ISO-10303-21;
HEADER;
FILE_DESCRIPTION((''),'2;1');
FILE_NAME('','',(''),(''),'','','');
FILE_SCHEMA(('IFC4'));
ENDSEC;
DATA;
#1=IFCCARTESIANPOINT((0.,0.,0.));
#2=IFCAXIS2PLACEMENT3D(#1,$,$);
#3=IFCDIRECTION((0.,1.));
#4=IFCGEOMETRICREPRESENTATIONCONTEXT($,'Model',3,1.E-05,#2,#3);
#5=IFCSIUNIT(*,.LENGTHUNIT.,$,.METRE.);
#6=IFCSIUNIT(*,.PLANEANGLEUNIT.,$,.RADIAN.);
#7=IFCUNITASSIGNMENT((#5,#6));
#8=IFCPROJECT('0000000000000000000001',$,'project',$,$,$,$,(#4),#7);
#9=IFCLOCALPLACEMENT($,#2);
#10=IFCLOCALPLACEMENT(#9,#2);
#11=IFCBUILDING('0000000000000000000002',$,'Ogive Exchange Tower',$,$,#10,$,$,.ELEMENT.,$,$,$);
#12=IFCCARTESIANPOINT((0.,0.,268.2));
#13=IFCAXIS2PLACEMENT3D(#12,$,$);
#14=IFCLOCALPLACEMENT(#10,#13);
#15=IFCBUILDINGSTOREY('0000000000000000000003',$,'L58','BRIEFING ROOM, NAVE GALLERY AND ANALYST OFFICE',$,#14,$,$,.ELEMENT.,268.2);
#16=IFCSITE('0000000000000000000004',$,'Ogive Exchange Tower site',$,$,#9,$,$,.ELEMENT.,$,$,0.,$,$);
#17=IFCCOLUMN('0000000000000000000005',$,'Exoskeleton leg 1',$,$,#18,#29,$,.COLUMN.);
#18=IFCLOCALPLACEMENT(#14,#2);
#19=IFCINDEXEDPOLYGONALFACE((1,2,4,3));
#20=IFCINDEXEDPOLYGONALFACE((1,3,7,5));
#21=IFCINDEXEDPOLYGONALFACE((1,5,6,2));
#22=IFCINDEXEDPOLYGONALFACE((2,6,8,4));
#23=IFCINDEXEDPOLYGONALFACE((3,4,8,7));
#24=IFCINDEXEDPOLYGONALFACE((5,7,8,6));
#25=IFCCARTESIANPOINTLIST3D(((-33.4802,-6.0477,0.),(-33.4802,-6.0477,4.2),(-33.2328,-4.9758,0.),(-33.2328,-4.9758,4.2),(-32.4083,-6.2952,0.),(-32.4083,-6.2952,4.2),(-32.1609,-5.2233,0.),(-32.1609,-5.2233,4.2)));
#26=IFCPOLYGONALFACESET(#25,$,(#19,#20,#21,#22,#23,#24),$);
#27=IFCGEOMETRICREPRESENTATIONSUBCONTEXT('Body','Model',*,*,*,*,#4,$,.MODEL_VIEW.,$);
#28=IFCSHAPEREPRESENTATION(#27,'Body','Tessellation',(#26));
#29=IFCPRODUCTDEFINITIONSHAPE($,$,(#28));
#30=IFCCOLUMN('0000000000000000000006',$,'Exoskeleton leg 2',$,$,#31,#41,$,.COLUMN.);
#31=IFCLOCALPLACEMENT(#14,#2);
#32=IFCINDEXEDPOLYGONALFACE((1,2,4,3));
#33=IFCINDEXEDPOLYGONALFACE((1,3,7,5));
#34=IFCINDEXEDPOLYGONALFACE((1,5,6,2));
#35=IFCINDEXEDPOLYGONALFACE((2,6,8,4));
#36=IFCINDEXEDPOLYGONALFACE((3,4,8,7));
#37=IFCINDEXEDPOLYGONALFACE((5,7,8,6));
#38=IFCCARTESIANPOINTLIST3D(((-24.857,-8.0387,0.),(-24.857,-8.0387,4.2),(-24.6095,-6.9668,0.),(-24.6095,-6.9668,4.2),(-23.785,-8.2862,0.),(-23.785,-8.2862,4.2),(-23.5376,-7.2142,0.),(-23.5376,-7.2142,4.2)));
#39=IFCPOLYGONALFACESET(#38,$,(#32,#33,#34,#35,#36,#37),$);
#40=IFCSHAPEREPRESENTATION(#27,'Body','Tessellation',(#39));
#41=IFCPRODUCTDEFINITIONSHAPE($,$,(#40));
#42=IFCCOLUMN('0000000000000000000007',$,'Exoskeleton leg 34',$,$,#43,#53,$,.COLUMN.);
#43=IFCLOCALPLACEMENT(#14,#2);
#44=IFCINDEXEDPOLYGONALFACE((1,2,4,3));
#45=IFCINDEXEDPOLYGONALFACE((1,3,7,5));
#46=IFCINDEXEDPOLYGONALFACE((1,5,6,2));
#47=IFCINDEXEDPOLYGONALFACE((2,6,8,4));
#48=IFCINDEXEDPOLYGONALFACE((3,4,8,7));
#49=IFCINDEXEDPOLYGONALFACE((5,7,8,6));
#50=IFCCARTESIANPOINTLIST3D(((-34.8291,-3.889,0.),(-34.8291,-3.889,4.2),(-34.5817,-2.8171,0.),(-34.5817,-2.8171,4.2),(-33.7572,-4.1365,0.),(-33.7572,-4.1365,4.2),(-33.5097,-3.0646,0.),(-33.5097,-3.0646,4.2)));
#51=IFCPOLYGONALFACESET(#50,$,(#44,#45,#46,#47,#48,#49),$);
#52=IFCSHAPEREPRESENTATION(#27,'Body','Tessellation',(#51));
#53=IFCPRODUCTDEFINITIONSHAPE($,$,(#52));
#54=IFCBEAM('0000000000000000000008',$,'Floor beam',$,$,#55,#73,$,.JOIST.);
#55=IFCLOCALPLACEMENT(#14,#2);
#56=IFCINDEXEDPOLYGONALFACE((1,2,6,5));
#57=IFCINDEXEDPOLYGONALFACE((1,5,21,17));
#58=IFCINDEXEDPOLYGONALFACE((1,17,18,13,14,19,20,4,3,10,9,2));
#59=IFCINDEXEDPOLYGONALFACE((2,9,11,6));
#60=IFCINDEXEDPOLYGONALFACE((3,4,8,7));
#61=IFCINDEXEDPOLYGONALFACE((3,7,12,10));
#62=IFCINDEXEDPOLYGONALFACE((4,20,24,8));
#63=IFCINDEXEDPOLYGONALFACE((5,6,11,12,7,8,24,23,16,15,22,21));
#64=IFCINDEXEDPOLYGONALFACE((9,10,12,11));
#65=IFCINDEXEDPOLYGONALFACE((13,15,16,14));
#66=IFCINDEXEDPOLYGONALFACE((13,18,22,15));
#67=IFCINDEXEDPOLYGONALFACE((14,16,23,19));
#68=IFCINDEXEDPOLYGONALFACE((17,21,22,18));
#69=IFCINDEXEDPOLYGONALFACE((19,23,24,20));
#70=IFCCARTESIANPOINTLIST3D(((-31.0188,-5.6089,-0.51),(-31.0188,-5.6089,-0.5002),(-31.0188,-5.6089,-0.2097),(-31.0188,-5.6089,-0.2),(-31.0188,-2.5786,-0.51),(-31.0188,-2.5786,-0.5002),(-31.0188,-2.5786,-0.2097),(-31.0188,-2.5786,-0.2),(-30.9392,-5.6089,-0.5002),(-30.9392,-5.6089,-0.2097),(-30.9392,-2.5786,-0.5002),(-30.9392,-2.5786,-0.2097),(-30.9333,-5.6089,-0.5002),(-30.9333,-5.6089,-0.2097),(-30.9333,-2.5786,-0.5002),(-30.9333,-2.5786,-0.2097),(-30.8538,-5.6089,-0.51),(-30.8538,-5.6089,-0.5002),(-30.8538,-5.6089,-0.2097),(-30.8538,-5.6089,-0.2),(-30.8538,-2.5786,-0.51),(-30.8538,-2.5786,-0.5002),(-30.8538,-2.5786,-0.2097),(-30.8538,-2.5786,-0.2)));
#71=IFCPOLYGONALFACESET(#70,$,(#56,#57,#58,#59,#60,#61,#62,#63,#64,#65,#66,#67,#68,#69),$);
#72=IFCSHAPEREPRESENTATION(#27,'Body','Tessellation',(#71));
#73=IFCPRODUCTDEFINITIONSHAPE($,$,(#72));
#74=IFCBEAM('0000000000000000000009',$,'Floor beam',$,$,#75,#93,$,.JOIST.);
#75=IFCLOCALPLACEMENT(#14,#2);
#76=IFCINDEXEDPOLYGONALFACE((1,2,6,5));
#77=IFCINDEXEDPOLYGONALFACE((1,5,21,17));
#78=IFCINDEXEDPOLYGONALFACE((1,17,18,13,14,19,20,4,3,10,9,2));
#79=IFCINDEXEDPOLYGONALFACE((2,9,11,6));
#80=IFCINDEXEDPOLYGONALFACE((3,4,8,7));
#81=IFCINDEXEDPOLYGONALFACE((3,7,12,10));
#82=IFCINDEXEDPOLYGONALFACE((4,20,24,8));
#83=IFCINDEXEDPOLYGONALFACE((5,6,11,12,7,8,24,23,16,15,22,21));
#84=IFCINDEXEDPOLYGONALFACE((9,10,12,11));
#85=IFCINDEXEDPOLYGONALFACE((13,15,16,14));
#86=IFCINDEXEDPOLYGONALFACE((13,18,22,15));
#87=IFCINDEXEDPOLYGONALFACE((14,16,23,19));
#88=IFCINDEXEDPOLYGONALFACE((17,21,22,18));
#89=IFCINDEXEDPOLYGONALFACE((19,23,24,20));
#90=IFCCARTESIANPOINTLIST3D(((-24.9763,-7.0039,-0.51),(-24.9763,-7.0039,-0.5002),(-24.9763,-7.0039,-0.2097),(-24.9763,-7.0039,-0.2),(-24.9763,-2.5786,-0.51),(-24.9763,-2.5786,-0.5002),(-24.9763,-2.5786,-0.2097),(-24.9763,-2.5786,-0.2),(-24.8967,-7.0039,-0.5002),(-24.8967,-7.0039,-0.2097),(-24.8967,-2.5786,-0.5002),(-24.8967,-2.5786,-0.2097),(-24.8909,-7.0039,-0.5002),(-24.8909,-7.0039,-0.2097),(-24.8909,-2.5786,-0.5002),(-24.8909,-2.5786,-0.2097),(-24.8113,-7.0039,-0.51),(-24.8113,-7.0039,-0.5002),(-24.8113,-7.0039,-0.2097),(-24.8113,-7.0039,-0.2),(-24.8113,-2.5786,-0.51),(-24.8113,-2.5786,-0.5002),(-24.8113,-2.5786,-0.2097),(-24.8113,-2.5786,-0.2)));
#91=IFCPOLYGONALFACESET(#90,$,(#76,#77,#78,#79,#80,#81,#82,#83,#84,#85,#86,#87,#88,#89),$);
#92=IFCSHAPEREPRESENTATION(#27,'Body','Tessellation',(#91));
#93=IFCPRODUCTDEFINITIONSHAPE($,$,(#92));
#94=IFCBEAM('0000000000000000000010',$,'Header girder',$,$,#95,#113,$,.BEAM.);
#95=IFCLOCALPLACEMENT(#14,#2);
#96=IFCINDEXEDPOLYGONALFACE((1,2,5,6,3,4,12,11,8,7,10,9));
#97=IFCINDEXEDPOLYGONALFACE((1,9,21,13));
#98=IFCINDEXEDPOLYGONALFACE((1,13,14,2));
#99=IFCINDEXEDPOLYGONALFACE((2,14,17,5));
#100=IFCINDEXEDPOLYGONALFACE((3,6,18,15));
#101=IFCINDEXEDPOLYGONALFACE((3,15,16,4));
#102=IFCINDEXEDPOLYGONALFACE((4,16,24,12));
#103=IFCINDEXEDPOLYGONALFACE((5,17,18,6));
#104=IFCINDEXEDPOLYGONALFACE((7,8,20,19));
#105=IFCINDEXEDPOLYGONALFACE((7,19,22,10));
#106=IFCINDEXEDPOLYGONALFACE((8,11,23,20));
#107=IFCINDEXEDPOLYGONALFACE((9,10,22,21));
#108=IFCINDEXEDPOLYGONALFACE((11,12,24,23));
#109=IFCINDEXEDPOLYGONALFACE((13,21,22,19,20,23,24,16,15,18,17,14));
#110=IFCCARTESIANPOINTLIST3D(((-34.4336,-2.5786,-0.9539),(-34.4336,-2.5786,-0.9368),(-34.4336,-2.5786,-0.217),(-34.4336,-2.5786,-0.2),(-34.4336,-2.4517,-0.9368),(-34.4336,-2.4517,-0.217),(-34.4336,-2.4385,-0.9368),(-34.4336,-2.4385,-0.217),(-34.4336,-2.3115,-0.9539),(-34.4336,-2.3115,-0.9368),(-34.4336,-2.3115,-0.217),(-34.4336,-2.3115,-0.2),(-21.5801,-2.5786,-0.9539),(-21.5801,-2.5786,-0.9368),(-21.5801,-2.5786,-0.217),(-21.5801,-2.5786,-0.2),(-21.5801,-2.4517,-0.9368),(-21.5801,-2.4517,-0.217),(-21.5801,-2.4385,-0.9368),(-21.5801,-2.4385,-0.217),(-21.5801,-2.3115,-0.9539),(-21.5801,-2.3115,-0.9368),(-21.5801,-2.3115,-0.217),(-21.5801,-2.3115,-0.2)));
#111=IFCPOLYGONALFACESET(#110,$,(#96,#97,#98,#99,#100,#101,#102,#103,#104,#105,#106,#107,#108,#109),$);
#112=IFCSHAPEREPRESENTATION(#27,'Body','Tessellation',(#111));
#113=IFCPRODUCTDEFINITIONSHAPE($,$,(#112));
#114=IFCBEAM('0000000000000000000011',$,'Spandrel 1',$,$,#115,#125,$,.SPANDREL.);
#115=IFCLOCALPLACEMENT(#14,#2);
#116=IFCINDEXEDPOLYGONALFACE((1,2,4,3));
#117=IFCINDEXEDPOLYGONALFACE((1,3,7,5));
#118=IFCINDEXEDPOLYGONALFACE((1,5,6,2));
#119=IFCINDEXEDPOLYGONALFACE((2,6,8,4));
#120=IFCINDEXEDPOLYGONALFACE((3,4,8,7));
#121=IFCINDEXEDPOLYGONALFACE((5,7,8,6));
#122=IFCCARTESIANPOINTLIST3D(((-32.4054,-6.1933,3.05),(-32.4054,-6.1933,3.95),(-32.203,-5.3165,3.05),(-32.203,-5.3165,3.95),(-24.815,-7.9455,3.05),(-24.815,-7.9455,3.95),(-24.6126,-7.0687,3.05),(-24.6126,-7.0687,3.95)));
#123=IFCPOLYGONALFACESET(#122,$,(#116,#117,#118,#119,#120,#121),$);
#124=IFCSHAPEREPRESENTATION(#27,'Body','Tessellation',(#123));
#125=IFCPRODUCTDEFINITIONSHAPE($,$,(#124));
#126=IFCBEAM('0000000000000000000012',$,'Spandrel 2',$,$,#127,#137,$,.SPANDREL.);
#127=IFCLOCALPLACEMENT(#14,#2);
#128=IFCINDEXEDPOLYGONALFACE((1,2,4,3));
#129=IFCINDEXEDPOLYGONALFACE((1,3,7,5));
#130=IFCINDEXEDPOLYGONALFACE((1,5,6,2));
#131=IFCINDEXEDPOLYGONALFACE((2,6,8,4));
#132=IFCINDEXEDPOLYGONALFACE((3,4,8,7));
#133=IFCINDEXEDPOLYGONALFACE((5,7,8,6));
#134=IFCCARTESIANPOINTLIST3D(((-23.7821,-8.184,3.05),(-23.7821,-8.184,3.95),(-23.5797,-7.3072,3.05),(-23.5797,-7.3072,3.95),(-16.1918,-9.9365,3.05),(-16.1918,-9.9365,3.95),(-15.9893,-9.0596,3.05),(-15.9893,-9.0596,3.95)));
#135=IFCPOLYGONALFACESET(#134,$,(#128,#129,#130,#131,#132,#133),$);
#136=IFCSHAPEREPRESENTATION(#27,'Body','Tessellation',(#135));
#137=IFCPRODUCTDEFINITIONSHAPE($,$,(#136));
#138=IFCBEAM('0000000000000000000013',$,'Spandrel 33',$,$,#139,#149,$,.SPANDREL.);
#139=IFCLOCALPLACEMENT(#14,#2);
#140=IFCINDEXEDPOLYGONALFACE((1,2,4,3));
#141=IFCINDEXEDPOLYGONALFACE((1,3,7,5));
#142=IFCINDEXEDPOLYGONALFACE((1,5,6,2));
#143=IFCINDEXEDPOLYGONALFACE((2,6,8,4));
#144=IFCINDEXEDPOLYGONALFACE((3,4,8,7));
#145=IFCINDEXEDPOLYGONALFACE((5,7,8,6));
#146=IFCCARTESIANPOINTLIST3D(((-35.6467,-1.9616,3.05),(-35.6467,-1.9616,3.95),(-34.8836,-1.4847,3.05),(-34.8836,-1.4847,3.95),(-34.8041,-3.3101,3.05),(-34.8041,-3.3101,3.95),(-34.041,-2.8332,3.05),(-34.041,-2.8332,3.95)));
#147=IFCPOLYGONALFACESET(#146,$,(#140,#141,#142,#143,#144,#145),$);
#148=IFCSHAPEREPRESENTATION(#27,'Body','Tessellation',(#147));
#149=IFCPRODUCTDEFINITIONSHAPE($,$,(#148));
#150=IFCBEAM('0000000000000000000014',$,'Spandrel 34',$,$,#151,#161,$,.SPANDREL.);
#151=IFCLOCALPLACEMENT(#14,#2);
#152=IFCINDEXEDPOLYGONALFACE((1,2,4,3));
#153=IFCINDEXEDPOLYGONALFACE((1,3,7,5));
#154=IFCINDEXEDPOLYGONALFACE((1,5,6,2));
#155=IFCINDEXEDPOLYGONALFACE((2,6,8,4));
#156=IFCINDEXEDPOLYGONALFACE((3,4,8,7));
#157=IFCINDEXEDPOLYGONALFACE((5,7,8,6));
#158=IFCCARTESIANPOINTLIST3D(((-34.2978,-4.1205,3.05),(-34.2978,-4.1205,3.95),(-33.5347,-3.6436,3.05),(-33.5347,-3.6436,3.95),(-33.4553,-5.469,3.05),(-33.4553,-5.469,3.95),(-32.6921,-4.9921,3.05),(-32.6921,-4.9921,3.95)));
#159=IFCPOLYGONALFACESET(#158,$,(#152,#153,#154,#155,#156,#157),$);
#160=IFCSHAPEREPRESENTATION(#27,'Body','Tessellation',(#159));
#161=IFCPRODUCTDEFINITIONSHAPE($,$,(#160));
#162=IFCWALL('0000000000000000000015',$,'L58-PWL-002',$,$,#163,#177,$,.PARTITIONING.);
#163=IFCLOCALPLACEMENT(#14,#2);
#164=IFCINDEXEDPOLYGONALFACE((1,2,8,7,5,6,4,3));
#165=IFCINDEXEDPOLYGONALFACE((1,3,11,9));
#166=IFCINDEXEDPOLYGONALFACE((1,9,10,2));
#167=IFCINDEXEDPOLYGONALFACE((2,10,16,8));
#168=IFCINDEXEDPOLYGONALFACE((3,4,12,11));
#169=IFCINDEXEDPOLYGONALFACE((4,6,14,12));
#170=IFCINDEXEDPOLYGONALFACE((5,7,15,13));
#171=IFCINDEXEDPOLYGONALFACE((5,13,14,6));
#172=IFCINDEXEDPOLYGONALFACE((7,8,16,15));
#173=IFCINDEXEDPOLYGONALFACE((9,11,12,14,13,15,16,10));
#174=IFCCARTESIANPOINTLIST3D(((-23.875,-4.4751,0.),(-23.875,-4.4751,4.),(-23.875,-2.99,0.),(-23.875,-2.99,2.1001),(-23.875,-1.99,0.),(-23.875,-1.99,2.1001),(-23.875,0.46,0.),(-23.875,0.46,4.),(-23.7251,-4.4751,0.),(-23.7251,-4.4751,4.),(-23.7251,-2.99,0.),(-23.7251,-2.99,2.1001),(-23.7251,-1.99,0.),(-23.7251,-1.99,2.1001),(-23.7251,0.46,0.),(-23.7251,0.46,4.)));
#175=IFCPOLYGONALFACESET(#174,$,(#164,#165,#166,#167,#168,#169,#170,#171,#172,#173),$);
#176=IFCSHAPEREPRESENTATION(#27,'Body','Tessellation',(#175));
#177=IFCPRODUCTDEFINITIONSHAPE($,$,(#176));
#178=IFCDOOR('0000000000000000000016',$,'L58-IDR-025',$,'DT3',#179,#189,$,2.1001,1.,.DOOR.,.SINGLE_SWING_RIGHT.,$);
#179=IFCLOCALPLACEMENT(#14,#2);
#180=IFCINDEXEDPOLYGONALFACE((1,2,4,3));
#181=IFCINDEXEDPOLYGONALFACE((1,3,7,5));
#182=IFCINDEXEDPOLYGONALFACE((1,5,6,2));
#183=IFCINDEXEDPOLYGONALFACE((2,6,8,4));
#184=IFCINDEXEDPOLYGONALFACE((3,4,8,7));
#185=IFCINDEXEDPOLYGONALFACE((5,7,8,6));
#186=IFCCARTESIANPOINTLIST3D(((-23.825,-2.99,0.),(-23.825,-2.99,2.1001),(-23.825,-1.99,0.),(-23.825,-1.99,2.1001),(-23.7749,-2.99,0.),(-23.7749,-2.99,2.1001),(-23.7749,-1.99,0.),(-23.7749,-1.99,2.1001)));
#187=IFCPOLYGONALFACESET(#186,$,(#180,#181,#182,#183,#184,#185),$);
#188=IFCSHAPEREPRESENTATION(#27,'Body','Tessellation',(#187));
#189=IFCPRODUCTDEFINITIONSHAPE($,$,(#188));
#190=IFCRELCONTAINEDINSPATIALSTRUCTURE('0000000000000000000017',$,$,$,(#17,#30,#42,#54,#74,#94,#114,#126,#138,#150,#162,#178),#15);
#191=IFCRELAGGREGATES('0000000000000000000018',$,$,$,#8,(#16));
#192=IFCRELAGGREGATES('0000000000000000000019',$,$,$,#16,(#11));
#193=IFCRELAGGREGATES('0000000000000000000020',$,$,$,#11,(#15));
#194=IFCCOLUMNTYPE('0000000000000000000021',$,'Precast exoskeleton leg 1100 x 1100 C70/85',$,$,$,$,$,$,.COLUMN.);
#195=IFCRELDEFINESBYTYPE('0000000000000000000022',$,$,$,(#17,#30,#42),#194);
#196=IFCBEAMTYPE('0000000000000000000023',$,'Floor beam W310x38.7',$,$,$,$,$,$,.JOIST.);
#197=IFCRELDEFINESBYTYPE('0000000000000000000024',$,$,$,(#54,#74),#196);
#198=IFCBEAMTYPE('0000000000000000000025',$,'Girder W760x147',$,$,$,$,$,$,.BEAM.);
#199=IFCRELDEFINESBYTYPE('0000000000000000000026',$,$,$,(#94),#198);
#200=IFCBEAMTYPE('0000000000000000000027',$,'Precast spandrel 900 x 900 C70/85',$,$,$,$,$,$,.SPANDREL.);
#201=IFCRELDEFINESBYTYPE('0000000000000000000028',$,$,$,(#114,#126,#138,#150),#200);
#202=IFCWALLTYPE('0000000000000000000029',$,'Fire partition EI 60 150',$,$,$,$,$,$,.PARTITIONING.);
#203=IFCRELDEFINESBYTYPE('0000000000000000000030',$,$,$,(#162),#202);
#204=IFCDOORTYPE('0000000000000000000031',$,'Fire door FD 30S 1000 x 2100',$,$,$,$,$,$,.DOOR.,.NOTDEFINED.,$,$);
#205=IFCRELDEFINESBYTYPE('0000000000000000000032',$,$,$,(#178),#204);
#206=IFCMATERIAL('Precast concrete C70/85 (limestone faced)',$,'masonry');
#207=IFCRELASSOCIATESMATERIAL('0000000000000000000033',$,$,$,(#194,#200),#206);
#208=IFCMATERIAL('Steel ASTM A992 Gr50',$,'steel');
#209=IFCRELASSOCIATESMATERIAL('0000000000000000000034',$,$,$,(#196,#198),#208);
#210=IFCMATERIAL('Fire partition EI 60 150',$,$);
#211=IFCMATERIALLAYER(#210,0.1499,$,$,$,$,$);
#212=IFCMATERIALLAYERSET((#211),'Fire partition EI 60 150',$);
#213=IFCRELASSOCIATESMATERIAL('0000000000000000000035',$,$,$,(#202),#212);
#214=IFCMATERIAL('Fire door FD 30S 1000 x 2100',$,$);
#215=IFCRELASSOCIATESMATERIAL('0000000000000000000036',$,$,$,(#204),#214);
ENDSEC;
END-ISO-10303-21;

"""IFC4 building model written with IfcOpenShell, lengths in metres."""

from ifc_helpers import new_model, si_unit, direction, frame, frame_2d, origin, origin_2d, place, context, subcontext, project, spatial, rectangle, i_section, extrude, material, layer, layer_set, material_profile, profile_set, type_object, element, fill, save


model = new_model("IFC4")

# Units and contexts
model_context = context("Model", 3, precision=1e-05, world=origin(), true_north=direction((0.0, 1.0)))
body_context = subcontext(model_context, "Body", "Model", "MODEL_VIEW")
ifc_project = project(units=[si_unit("LENGTHUNIT", "METRE"), si_unit("PLANEANGLEUNIT", "RADIAN")], contexts=[model_context])

# Site, building, storey
site_placement = place(None, origin())
site = spatial("IfcSite", under=ifc_project, at=site_placement, Name="Ogive Exchange Tower site", CompositionType="ELEMENT", RefElevation=0.0)
building_placement = place(site_placement, origin())
building = spatial("IfcBuilding", under=site, at=building_placement, Name="Ogive Exchange Tower", CompositionType="ELEMENT")
storey_placement = place(building_placement, frame((0.0, 0.0, 268.2)))
storey = spatial("IfcBuildingStorey", under=building, at=storey_placement, Name="L58", Description="BRIEFING ROOM, NAVE GALLERY AND ANALYST OFFICE", CompositionType="ELEMENT", Elevation=268.2)

# Columns
ifc_material_1 = material(Name="Precast concrete C70/85 (limestone faced)", Category="masonry")
ifc_material_profile_1 = material_profile(ifc_material_1, rectangle(XDim=1.1001, YDim=1.1001, at=origin_2d()), Name="1100 x 1100")
ifc_profile_set_1 = profile_set([ifc_material_profile_1], Name="Precast concrete C70/85 (limestone faced)")
column_type = type_object("IfcColumnType", Name="Precast exoskeleton leg 1100 x 1100 C70/85", PredefinedType="COLUMN", material=ifc_profile_set_1)
for number, where, z_axis, x_axis, name in (
    (1, (-32.8206, -5.6355, 0.0), (0.0, 0.0, 1.0), (0.97437, -0.224951, 0.0), "Exoskeleton leg 1"),
    (2, (-24.1973, -7.6265, 0.0), (0.0, 0.0, 1.0), (0.97437, -0.224951, 0.0), "Exoskeleton leg 2"),
    (3, (-34.1694, -3.4768, 0.0), (0.0, 0.0, 1.0), (0.97437, -0.224951, 0.0), "Exoskeleton leg 34"),
):
    element("IfcColumn", number, at=place(storey_placement, frame(where, z_axis=z_axis, x_axis=x_axis)), inside=storey, type_object=column_type, Name=name, PredefinedType="COLUMN", context=body_context, shape_type="SweptSolid", body=[
        extrude(rectangle(XDim=1.1001, YDim=1.1001, at=origin_2d()), origin(), (0.0, 0.0, 1.0), 4.2),
    ])

# Beams
ifc_material_2 = material(Name="Steel ASTM A992 Gr50", Category="steel")
ifc_material_profile_2 = material_profile(ifc_material_2, i_section(OverallWidth=0.165, OverallDepth=0.3101, WebThickness=0.0059, FlangeThickness=0.0098, at=origin_2d()), Name="W310x38.7")
ifc_profile_set_2 = profile_set([ifc_material_profile_2], Name="Steel ASTM A992 Gr50")
beam_type_1 = type_object("IfcBeamType", Name="Floor beam W310x38.7", PredefinedType="JOIST", material=ifc_profile_set_2)
beam_1_placement = place(storey_placement, frame((-30.9363, -5.6089, -0.355), z_axis=(0.0, 1.0, 0.0), x_axis=(-1.0, 0.0, 0.0)))
element("IfcBeam", 4, at=beam_1_placement, inside=storey, type_object=beam_type_1, Name="Floor beam", PredefinedType="JOIST", context=body_context, shape_type="SweptSolid", body=[
    extrude(i_section(OverallWidth=0.165, OverallDepth=0.3101, WebThickness=0.0059, FlangeThickness=0.0098, at=origin_2d()), origin(), (0.0, 0.0, 1.0), 3.0303),
])
beam_2_placement = place(storey_placement, frame((-24.8938, -7.0039, -0.355), z_axis=(0.0, 1.0, 0.0), x_axis=(-1.0, 0.0, 0.0)))
element("IfcBeam", 5, at=beam_2_placement, inside=storey, type_object=beam_type_1, Name="Floor beam", PredefinedType="JOIST", context=body_context, shape_type="SweptSolid", body=[
    extrude(i_section(OverallWidth=0.165, OverallDepth=0.3101, WebThickness=0.0059, FlangeThickness=0.0098, at=origin_2d()), origin(), (0.0, 0.0, 1.0), 4.4253),
])
ifc_material_profile_3 = material_profile(ifc_material_2, i_section(OverallWidth=0.2671, OverallDepth=0.7539, WebThickness=0.0132, FlangeThickness=0.0171, at=origin_2d()), Name="W760x147")
ifc_profile_set_3 = profile_set([ifc_material_profile_3], Name="Steel ASTM A992 Gr50")
beam_type_2 = type_object("IfcBeamType", Name="Girder W760x147", PredefinedType="BEAM", material=ifc_profile_set_3)
beam_3_placement = place(storey_placement, frame((-34.4336, -2.4451, -0.5769), z_axis=(1.0, 0.0, 0.0), x_axis=(0.0, 1.0, 0.0)))
element("IfcBeam", 6, at=beam_3_placement, inside=storey, type_object=beam_type_2, Name="Header girder", PredefinedType="BEAM", context=body_context, shape_type="SweptSolid", body=[
    extrude(i_section(OverallWidth=0.2671, OverallDepth=0.7539, WebThickness=0.0132, FlangeThickness=0.0171, at=origin_2d()), origin(), (0.0, 0.0, 1.0), 12.8535),
])
ifc_material_profile_4 = material_profile(ifc_material_1, rectangle(XDim=0.8999, YDim=0.8999, at=origin_2d()), Name="900 x 900")
ifc_profile_set_4 = profile_set([ifc_material_profile_4], Name="Precast concrete C70/85 (limestone faced)")
beam_type_3 = type_object("IfcBeamType", Name="Precast spandrel 900 x 900 C70/85", PredefinedType="SPANDREL", material=ifc_profile_set_4)
for number, where, z_axis, x_axis, name in (
    (7, (-32.3042, -5.7549, 3.5), (0.974375, -0.22493, 0.0), (0.22493, 0.974375, 0.0), "Spandrel 1"),
    (8, (-23.6809, -7.7456, 3.5), (0.974368, -0.22496, 0.0), (0.22496, 0.974368, 0.0), "Spandrel 2"),
):
    element("IfcBeam", number, at=place(storey_placement, frame(where, z_axis=z_axis, x_axis=x_axis)), inside=storey, type_object=beam_type_3, Name=name, PredefinedType="SPANDREL", context=body_context, shape_type="SweptSolid", body=[
        extrude(rectangle(XDim=0.8999, YDim=0.8999, at=origin_2d()), origin(), (0.0, 0.0, 1.0), 7.79),
    ])
for number, where, z_axis, x_axis, name in (
    (9, (-35.2651, -1.7231, 3.5), (0.529902, -0.848059, 0.0), (0.848059, 0.529902, 0.0), "Spandrel 33"),
    (10, (-33.9163, -3.8821, 3.5), (0.529902, -0.848059, 0.0), (0.848059, 0.529902, 0.0), "Spandrel 34"),
):
    element("IfcBeam", number, at=place(storey_placement, frame(where, z_axis=z_axis, x_axis=x_axis)), inside=storey, type_object=beam_type_3, Name=name, PredefinedType="SPANDREL", context=body_context, shape_type="SweptSolid", body=[
        extrude(rectangle(XDim=0.8999, YDim=0.8999, at=origin_2d()), origin(), (0.0, 0.0, 1.0), 1.5901),
    ])

# Wall, opening, door
ifc_material_3 = material(Name="Fire partition EI 60 150")
ifc_layer_1 = layer(ifc_material_3, 0.1499)
ifc_layer_set_1 = layer_set([ifc_layer_1], Name="Fire partition EI 60 150")
wall_type_1 = type_object("IfcWallType", Name="Fire partition EI 60 150", PredefinedType="PARTITIONING", material=ifc_layer_set_1)
wall_1_placement = place(storey_placement, frame((-23.8, -4.4751, 0.0), z_axis=(0.0, 0.0, 1.0), x_axis=(0.0, 1.0, 0.0)))
wall_1 = element("IfcWall", 11, at=wall_1_placement, inside=storey, type_object=wall_type_1, Name="L58-PWL-002", PredefinedType="PARTITIONING", context=body_context, shape_type="SweptSolid", body=[
    extrude(rectangle(XDim=4.9351, YDim=0.1499, at=frame_2d((2.4675, 0.0))), origin(), (0.0, 0.0, 1.0), 4.0),
])
opening_1_placement = place(wall_1_placement, frame((1.4851, 0.0, 0.0)))
opening_1 = element("IfcOpeningElement", 12, at=opening_1_placement, cuts=wall_1, PredefinedType="OPENING", context=body_context, shape_type="SweptSolid", body=[
    extrude(rectangle(XDim=1.0, YDim=2.1001, at=frame_2d((0.5, 1.05))), frame((0.0, 0.085, 0.0), z_axis=(0.0, -1.0, 0.0), x_axis=(1.0, 0.0, 0.0)), (0.0, 0.0, 1.0), 0.1699),
])
ifc_material_4 = material(Name="Fire door FD 30S 1000 x 2100")
door_type_1 = type_object("IfcDoorType", Name="Fire door FD 30S 1000 x 2100", OperationType="NOTDEFINED", PredefinedType="DOOR", material=ifc_material_4)
door_1_placement = place(opening_1_placement, origin())
door_1 = element("IfcDoor", 13, at=door_1_placement, inside=storey, type_object=door_type_1, Name="L58-IDR-025", ObjectType="DT3", OperationType="SINGLE_SWING_RIGHT", OverallHeight=2.1001, OverallWidth=1.0, PredefinedType="DOOR", context=body_context, shape_type="SweptSolid", body=[
    extrude(rectangle(XDim=1.0, YDim=2.1001, at=frame_2d((0.5, 1.05))), frame((0.0, 0.0249, 0.0), z_axis=(0.0, -1.0, 0.0), x_axis=(1.0, 0.0, 0.0)), (0.0, 0.0, 1.0), 0.05),
])
fill(opening_1, door_1)

save(model, "model.ifc")
